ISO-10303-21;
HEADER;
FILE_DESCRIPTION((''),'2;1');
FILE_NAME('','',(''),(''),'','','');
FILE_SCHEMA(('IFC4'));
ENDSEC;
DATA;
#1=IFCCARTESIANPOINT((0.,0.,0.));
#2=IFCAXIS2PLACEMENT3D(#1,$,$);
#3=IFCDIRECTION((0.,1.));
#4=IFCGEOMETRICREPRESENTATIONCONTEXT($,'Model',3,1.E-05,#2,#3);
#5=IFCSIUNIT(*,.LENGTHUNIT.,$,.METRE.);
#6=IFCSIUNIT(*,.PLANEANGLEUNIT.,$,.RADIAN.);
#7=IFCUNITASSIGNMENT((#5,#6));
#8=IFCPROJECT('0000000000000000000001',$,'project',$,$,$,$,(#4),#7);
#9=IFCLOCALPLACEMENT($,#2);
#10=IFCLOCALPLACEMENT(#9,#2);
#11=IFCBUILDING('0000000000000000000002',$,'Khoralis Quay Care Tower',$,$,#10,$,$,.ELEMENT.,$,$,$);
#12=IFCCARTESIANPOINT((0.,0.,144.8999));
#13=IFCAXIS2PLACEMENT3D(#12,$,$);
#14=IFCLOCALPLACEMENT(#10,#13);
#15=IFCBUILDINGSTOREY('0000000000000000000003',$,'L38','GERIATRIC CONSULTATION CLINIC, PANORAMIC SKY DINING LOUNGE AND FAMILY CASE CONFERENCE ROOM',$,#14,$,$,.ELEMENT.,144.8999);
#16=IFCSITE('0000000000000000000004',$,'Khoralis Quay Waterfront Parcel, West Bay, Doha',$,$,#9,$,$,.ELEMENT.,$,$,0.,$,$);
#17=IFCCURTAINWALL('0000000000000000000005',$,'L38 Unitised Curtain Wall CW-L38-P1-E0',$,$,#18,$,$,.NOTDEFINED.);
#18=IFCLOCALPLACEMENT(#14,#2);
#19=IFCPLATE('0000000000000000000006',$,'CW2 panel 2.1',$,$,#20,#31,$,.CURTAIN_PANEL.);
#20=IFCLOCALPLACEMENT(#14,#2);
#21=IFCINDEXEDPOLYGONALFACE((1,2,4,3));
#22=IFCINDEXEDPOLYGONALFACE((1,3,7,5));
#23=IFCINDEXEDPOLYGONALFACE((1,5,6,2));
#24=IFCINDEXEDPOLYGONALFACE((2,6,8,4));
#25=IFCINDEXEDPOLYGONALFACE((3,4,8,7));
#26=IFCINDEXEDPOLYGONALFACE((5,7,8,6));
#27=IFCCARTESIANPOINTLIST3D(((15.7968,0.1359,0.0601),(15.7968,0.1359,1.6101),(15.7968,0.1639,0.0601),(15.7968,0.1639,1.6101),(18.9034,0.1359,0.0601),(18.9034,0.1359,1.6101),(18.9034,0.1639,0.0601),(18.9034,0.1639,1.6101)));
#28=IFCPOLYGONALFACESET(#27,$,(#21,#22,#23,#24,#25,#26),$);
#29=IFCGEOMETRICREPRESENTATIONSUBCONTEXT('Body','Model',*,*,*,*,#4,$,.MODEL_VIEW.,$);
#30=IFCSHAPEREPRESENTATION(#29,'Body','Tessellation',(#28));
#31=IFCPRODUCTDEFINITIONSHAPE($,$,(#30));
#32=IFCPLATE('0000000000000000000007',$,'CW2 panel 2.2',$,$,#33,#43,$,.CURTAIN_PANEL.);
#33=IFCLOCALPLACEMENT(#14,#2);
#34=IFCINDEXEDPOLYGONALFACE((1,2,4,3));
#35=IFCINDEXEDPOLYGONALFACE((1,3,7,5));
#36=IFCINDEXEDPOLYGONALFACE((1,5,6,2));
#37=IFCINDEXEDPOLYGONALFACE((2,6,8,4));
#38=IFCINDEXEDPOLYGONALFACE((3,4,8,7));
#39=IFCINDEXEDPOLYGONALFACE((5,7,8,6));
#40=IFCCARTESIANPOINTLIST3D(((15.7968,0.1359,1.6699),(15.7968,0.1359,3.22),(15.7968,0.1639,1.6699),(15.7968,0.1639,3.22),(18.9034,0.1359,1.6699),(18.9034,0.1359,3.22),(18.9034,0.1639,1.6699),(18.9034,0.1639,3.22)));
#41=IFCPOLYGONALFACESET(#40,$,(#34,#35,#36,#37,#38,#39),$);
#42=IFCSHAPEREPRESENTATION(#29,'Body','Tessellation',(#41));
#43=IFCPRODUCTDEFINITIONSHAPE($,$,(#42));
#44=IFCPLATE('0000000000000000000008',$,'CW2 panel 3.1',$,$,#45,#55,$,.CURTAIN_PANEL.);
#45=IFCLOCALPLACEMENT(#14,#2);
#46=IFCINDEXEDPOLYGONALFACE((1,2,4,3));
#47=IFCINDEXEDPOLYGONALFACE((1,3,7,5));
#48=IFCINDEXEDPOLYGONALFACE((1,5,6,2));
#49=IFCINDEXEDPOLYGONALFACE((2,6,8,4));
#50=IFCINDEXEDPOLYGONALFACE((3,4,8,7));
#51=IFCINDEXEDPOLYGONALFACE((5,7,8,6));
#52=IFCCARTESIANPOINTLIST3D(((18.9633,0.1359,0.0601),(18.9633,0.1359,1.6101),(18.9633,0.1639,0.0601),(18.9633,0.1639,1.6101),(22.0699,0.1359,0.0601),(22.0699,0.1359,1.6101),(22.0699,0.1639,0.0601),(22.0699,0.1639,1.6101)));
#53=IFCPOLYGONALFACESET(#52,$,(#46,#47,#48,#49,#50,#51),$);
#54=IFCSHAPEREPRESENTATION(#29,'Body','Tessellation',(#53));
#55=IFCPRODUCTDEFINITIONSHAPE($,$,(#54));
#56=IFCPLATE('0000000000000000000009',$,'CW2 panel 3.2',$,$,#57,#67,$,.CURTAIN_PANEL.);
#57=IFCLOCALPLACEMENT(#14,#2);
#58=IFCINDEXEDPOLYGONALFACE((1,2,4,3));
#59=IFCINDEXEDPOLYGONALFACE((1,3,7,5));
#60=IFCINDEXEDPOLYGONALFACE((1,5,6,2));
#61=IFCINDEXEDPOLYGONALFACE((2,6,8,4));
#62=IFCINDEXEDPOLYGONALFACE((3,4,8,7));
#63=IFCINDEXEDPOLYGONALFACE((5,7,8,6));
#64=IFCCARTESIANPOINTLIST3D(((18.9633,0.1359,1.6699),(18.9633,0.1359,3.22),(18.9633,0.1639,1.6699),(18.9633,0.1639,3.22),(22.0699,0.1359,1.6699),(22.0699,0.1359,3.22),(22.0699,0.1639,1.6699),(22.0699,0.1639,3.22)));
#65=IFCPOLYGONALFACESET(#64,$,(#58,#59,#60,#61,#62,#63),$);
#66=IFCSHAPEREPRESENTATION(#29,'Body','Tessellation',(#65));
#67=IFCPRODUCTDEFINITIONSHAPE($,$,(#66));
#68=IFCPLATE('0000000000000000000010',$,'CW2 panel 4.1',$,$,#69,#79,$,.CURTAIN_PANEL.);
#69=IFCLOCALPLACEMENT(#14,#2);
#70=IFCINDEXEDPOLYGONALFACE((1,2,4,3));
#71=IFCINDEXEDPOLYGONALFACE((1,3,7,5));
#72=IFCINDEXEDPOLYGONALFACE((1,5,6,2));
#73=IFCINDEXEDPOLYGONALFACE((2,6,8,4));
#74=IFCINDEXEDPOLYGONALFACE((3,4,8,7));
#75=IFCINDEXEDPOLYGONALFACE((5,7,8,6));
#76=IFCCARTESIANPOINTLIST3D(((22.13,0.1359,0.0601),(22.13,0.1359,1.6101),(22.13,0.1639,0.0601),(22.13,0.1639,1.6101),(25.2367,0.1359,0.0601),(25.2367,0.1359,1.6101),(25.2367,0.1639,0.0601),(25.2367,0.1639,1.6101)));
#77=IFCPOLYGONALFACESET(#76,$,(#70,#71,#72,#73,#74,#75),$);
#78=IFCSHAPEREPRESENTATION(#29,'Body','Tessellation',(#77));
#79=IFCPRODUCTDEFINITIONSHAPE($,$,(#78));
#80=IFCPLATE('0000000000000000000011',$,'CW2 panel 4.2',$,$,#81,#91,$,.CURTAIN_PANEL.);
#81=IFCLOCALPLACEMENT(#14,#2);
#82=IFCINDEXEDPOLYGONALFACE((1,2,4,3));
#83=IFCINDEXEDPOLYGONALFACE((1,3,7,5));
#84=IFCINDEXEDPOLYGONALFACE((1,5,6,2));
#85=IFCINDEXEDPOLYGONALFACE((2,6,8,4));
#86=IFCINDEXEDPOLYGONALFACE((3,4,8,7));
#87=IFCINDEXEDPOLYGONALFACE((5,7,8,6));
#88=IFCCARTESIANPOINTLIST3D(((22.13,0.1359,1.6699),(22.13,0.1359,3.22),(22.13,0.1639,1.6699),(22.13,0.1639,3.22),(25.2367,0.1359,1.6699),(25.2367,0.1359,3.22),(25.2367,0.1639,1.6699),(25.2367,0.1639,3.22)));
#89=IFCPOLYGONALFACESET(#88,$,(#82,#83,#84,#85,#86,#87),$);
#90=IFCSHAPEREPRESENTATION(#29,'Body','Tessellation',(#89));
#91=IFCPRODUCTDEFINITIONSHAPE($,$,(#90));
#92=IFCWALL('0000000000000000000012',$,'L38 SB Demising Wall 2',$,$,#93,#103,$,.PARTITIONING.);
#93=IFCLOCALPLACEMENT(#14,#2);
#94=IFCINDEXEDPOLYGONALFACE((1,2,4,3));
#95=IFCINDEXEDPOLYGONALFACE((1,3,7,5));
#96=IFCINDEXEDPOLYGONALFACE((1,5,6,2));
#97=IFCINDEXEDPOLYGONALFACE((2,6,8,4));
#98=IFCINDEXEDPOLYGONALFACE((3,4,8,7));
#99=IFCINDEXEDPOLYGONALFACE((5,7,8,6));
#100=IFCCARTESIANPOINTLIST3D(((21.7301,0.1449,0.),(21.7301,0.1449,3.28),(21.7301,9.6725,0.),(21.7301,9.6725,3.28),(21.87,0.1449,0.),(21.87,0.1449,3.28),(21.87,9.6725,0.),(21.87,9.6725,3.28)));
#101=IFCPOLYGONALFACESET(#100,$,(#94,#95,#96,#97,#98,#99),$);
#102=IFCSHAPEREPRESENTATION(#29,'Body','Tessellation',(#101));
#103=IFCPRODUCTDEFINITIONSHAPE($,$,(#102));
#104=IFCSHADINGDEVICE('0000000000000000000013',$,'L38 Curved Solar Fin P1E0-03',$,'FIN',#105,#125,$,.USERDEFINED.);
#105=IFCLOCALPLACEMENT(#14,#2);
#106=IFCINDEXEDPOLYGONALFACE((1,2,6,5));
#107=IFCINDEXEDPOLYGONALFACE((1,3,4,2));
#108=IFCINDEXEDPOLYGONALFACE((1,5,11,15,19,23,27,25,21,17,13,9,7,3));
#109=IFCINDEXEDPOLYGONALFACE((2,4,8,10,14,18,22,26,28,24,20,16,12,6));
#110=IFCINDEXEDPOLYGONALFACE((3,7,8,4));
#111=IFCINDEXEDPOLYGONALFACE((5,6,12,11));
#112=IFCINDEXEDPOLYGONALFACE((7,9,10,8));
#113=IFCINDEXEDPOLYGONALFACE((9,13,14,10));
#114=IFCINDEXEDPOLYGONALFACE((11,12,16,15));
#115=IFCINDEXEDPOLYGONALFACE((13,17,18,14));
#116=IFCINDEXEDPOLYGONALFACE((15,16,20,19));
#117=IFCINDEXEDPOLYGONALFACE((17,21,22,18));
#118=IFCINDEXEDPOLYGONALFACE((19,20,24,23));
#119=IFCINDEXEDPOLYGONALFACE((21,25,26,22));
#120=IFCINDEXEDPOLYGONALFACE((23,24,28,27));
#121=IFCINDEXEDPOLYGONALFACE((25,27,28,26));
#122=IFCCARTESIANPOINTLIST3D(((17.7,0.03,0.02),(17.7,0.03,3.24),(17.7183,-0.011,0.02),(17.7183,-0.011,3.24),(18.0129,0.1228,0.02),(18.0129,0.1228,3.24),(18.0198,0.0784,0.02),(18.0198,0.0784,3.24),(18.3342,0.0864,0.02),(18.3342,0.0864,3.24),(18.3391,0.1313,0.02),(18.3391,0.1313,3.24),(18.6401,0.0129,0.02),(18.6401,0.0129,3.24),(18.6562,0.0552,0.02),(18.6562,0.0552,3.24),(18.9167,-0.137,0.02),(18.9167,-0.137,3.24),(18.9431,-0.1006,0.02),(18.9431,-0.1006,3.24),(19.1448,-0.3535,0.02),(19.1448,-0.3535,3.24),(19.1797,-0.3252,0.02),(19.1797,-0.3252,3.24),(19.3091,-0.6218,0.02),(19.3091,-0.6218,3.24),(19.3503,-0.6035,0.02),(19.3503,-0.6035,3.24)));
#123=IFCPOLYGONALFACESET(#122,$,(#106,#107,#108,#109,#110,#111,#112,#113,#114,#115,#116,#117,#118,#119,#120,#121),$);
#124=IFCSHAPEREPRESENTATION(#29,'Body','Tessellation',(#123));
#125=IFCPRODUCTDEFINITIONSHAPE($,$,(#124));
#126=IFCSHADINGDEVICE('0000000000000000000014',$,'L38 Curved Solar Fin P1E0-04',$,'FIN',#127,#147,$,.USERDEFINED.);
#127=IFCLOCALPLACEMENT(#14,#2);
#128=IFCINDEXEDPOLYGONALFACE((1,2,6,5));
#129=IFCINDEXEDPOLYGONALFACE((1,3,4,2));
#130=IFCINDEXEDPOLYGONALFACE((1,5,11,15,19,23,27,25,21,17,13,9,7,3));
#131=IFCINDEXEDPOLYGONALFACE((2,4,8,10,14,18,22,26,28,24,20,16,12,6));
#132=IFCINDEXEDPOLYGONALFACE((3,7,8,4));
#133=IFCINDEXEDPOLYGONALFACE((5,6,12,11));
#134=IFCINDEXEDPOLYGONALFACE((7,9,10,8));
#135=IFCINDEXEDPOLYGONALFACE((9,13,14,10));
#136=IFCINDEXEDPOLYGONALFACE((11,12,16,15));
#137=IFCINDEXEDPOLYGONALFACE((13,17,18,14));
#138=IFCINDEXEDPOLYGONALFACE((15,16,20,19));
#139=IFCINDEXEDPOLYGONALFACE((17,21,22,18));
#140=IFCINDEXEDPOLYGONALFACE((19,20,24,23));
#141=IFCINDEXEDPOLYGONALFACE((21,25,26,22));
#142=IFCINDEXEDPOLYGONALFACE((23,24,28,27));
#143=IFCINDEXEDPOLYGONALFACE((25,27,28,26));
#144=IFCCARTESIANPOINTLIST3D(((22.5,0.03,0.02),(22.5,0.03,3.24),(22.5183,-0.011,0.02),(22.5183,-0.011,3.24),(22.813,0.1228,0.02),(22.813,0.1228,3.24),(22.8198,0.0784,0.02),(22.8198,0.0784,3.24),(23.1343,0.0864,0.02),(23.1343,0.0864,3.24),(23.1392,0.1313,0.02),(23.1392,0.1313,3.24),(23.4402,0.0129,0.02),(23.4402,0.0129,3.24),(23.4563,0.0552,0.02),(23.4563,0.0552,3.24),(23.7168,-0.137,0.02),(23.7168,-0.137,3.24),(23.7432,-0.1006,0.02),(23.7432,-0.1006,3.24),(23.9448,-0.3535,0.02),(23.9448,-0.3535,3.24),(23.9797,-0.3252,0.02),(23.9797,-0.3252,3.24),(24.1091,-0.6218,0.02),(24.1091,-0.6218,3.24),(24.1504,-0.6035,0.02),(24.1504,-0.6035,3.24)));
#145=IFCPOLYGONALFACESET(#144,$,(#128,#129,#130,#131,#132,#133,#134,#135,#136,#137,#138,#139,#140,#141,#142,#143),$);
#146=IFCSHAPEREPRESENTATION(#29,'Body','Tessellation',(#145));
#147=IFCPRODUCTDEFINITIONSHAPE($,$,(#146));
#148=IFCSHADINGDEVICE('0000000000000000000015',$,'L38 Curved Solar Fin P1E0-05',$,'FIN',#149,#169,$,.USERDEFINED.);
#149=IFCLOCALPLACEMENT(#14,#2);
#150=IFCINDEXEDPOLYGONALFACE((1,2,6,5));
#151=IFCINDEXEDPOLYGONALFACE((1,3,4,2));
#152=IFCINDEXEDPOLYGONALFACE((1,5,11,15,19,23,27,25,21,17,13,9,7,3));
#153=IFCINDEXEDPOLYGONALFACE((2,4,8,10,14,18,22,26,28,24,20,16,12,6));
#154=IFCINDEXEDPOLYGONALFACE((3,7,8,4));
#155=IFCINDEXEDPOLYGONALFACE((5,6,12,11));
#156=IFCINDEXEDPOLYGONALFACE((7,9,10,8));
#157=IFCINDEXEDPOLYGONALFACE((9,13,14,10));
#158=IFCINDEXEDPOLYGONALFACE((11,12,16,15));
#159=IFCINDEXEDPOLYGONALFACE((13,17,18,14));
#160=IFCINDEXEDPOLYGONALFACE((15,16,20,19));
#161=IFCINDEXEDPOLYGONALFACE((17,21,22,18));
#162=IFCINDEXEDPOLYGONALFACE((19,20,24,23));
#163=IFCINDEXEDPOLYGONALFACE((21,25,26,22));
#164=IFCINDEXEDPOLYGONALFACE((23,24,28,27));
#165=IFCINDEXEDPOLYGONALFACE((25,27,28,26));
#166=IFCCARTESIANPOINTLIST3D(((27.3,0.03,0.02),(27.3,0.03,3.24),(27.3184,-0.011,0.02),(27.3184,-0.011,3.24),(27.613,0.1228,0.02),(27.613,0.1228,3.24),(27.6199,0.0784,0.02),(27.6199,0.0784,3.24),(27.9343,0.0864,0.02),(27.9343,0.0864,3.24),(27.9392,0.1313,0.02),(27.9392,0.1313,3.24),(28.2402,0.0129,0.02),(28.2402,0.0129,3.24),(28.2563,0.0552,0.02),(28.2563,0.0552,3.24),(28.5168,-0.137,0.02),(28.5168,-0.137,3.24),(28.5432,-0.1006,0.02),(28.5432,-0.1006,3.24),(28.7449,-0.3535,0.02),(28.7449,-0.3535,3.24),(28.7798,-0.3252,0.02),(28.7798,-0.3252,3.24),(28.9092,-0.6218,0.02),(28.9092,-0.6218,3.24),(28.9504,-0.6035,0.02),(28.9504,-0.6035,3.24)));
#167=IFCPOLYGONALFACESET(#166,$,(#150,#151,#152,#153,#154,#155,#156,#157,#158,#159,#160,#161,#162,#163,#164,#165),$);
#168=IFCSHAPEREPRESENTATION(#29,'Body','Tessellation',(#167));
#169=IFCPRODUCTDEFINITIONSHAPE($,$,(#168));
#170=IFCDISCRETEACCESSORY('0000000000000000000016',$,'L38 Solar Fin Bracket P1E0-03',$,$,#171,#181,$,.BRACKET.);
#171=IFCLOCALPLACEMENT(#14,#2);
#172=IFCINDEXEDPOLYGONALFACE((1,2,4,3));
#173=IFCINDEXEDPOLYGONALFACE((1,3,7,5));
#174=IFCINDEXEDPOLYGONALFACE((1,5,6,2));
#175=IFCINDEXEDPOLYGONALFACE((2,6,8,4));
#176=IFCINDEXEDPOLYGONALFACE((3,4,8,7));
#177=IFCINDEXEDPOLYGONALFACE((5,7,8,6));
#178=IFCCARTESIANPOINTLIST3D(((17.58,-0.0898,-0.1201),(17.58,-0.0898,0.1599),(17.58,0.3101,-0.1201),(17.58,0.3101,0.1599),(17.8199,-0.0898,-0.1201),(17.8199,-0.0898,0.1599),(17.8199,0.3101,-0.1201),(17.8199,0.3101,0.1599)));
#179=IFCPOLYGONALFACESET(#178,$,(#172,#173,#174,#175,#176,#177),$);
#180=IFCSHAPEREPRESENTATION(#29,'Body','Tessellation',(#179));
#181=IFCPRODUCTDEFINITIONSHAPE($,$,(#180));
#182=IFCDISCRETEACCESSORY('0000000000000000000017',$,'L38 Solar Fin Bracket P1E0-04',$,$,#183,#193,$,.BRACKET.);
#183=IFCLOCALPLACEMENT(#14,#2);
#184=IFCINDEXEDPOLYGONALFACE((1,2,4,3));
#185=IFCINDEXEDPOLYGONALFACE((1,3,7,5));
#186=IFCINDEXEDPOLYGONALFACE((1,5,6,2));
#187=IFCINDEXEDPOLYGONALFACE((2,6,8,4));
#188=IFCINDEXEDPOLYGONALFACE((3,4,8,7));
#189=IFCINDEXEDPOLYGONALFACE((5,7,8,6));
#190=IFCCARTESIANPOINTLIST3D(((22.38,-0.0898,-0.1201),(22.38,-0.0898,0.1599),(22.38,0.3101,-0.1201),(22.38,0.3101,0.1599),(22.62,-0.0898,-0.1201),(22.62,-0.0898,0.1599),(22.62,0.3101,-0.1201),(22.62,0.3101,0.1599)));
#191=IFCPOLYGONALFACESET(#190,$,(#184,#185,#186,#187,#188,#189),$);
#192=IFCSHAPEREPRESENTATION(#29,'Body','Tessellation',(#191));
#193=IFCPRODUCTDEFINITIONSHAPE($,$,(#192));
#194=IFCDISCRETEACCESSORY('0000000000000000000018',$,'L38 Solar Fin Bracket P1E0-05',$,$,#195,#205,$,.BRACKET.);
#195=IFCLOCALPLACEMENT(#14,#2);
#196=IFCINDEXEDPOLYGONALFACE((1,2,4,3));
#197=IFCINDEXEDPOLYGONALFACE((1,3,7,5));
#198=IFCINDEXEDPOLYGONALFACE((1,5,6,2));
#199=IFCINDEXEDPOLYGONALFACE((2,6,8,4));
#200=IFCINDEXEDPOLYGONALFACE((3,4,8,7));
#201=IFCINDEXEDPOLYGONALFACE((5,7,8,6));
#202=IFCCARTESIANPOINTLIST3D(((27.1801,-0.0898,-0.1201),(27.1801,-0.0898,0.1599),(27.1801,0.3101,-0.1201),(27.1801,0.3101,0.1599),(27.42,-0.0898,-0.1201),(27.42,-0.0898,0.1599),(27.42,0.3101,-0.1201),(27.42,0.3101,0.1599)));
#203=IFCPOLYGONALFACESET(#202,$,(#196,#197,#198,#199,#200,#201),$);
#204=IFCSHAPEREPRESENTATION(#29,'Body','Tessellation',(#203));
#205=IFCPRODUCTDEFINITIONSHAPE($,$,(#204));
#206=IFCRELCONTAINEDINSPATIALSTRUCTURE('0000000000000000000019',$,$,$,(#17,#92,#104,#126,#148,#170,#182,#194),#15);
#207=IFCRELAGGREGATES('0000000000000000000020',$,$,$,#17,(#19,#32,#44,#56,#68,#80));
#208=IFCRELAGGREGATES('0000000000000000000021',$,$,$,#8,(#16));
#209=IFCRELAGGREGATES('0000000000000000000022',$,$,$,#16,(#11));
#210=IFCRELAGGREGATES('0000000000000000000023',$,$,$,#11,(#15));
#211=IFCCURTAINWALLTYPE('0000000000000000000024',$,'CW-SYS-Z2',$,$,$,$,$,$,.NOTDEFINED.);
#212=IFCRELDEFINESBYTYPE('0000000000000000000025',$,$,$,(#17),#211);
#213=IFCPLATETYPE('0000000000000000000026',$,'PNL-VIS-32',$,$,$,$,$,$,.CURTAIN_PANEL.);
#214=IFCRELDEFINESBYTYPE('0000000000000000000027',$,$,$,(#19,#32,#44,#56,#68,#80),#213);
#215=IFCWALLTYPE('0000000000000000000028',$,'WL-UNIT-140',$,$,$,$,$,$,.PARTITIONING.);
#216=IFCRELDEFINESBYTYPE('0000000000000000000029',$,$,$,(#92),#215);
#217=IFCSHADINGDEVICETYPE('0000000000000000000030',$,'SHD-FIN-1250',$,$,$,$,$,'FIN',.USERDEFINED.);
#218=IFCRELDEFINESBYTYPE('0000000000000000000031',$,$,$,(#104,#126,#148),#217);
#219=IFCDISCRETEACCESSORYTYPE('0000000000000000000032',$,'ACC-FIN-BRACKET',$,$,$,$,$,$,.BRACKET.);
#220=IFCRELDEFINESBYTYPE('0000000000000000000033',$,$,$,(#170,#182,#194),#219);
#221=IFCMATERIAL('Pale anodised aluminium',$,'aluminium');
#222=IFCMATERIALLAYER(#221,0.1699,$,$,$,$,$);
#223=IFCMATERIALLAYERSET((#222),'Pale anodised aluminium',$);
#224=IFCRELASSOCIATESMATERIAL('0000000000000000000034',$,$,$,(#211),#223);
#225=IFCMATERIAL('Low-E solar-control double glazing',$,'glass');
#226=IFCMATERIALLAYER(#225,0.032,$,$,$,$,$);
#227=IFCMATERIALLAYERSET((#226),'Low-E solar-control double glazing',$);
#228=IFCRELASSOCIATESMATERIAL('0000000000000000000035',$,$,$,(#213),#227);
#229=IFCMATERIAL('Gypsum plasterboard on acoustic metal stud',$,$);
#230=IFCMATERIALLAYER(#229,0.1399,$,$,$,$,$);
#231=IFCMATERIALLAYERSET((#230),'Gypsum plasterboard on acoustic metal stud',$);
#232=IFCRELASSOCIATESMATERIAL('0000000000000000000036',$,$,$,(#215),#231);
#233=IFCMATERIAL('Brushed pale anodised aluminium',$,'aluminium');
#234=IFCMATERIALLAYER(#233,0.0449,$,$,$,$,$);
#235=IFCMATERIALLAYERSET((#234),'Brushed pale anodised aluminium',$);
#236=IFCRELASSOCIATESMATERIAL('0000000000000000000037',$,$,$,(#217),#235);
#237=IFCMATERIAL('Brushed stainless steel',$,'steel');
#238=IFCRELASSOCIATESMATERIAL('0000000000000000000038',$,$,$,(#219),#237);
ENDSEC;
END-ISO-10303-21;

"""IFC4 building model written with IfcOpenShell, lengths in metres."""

from ifc_helpers import new_model, si_unit, direction, frame, frame_2d, origin, origin_2d, place, context, subcontext, project, spatial, polyline, rectangle, outline, extrude, source, transform, mapped, material, layer, layer_set, type_object, element, aggregate, save


model = new_model("IFC4")

# Units and contexts
model_context = context("Model", 3, precision=1e-05, world=origin(), true_north=direction((0.0, 1.0)))
body_context = subcontext(model_context, "Body", "Model", "MODEL_VIEW")
ifc_project = project(units=[si_unit("LENGTHUNIT", "METRE"), si_unit("PLANEANGLEUNIT", "RADIAN")], contexts=[model_context])

# Site, building, storey
site_placement = place(None, origin())
site = spatial("IfcSite", under=ifc_project, at=site_placement, Name="Khoralis Quay Waterfront Parcel, West Bay, Doha", CompositionType="ELEMENT", RefElevation=0.0)
building_placement = place(site_placement, origin())
building = spatial("IfcBuilding", under=site, at=building_placement, Name="Khoralis Quay Care Tower", CompositionType="ELEMENT")
storey_placement = place(building_placement, frame((0.0, 0.0, 144.8999)))
storey = spatial("IfcBuildingStorey", under=building, at=storey_placement, Name="L38", Description="GERIATRIC CONSULTATION CLINIC, PANORAMIC SKY DINING LOUNGE AND FAMILY CASE CONFERENCE ROOM", CompositionType="ELEMENT", Elevation=144.8999)

# Curtain wall, plates
ifc_material_1 = material(Name="Pale anodised aluminium", Category="aluminium")
ifc_layer_1 = layer(ifc_material_1, 0.1699)
ifc_layer_set_1 = layer_set([ifc_layer_1], Name="Pale anodised aluminium")
curtain_wall_type = type_object("IfcCurtainWallType", Name="CW-SYS-Z2", PredefinedType="NOTDEFINED", material=ifc_layer_set_1)
curtain_wall_placement = place(storey_placement, origin())
curtain_wall = element("IfcCurtainWall", 1, at=curtain_wall_placement, inside=storey, type_object=curtain_wall_type, Name="L38 Unitised Curtain Wall CW-L38-P1-E0", PredefinedType="NOTDEFINED")
ifc_material_2 = material(Name="Low-E solar-control double glazing", Category="glass")
ifc_layer_2 = layer(ifc_material_2, 0.032)
ifc_layer_set_2 = layer_set([ifc_layer_2], Name="Low-E solar-control double glazing")
plate_type = type_object("IfcPlateType", Name="PNL-VIS-32", PredefinedType="CURTAIN_PANEL", material=ifc_layer_set_2)
shared_shape_1 = source(origin(), body_context, "Body", "SweptSolid", [
    extrude(rectangle(XDim=3.1067, YDim=0.0281, at=origin_2d()), origin(), (0.0, 0.0, 1.0), 1.55),
])
plate_1_placement = place(storey_placement, frame((17.3501, 0.1499, 0.0601), z_axis=(0.0, 0.0, 1.0), x_axis=(1.0, 0.0, 0.0)))
plate_1 = element("IfcPlate", 2, at=plate_1_placement, type_object=plate_type, Name="CW2 panel 2.1", PredefinedType="CURTAIN_PANEL", context=body_context, shape_type="MappedRepresentation", body=[
    mapped(shared_shape_1, transform((0.0, 0.0, 0.0), scale=1.0)),
])
plate_2_placement = place(storey_placement, frame((17.3501, 0.1499, 1.6699), z_axis=(0.0, 0.0, 1.0), x_axis=(1.0, 0.0, 0.0)))
plate_2 = element("IfcPlate", 3, at=plate_2_placement, type_object=plate_type, Name="CW2 panel 2.2", PredefinedType="CURTAIN_PANEL", context=body_context, shape_type="MappedRepresentation", body=[
    mapped(shared_shape_1, transform((0.0, 0.0, 0.0), scale=1.0)),
])
plate_3_placement = place(storey_placement, frame((20.5166, 0.1499, 0.0601), z_axis=(0.0, 0.0, 1.0), x_axis=(1.0, 0.0, 0.0)))
plate_3 = element("IfcPlate", 4, at=plate_3_placement, type_object=plate_type, Name="CW2 panel 3.1", PredefinedType="CURTAIN_PANEL", context=body_context, shape_type="MappedRepresentation", body=[
    mapped(shared_shape_1, transform((0.0, 0.0, 0.0), scale=1.0)),
])
plate_4_placement = place(storey_placement, frame((20.5166, 0.1499, 1.6699), z_axis=(0.0, 0.0, 1.0), x_axis=(1.0, 0.0, 0.0)))
plate_4 = element("IfcPlate", 5, at=plate_4_placement, type_object=plate_type, Name="CW2 panel 3.2", PredefinedType="CURTAIN_PANEL", context=body_context, shape_type="MappedRepresentation", body=[
    mapped(shared_shape_1, transform((0.0, 0.0, 0.0), scale=1.0)),
])
plate_5_placement = place(storey_placement, frame((23.6833, 0.1499, 0.0601), z_axis=(0.0, 0.0, 1.0), x_axis=(1.0, 0.0, 0.0)))
plate_5 = element("IfcPlate", 6, at=plate_5_placement, type_object=plate_type, Name="CW2 panel 4.1", PredefinedType="CURTAIN_PANEL", context=body_context, shape_type="MappedRepresentation", body=[
    mapped(shared_shape_1, transform((0.0, 0.0, 0.0), scale=1.0)),
])
plate_6_placement = place(storey_placement, frame((23.6833, 0.1499, 1.6699), z_axis=(0.0, 0.0, 1.0), x_axis=(1.0, 0.0, 0.0)))
plate_6 = element("IfcPlate", 7, at=plate_6_placement, type_object=plate_type, Name="CW2 panel 4.2", PredefinedType="CURTAIN_PANEL", context=body_context, shape_type="MappedRepresentation", body=[
    mapped(shared_shape_1, transform((0.0, 0.0, 0.0), scale=1.0)),
])
aggregate(curtain_wall, [plate_1, plate_2, plate_3, plate_4, plate_5, plate_6])

# Wall
ifc_material_3 = material(Name="Gypsum plasterboard on acoustic metal stud")
ifc_layer_3 = layer(ifc_material_3, 0.1399)
ifc_layer_set_3 = layer_set([ifc_layer_3], Name="Gypsum plasterboard on acoustic metal stud")
wall_type = type_object("IfcWallType", Name="WL-UNIT-140", PredefinedType="PARTITIONING", material=ifc_layer_set_3)
wall_placement = place(storey_placement, frame((21.8, 0.145, 0.0), z_axis=(0.0, 0.0, 1.0), x_axis=(0.0, 1.0, 0.0)))
element("IfcWall", 8, at=wall_placement, inside=storey, type_object=wall_type, Name="L38 SB Demising Wall 2", PredefinedType="PARTITIONING", context=body_context, shape_type="SweptSolid", body=[
    extrude(rectangle(XDim=9.5276, YDim=0.1399, at=frame_2d((4.7637, 0.0))), origin(), (0.0, 0.0, 1.0), 3.28),
])

# Shading devices
ifc_material_4 = material(Name="Brushed pale anodised aluminium", Category="aluminium")
ifc_layer_4 = layer(ifc_material_4, 0.0449)
ifc_layer_set_4 = layer_set([ifc_layer_4], Name="Brushed pale anodised aluminium")
shading_device_type = type_object("IfcShadingDeviceType", Name="SHD-FIN-1250", ElementType="FIN", PredefinedType="USERDEFINED", material=ifc_layer_set_4)
shared_shape_2 = source(origin(), body_context, "Body", "SweptSolid", [
    extrude(outline(polyline([(0.0, 0.0), (-0.0928, 0.313), (-0.1013, 0.6392), (-0.0251, 0.9563), (0.1306, 1.2432), (0.3552, 1.4797), (0.6335, 1.6504), (0.6519, 1.6091), (0.3835, 1.4448), (0.167, 1.2168), (0.0171, 0.9402), (-0.0564, 0.6343), (-0.0483, 0.3198), (0.041, 0.0183), (0.0, 0.0)])), origin(), (0.0, 0.0, 1.0), 3.22),
])
for number, where, z_axis, x_axis, name in (
    (9, (17.7, 0.03, 0.02), (0.0, 0.0, 1.0), (0.0, -1.0, 0.0), "L38 Curved Solar Fin P1E0-03"),
    (10, (22.5, 0.03, 0.02), (0.0, 0.0, 1.0), (0.0, -1.0, 0.0), "L38 Curved Solar Fin P1E0-04"),
    (11, (27.3, 0.03, 0.02), (0.0, 0.0, 1.0), (0.0, -1.0, 0.0), "L38 Curved Solar Fin P1E0-05"),
):
    element("IfcShadingDevice", number, at=place(storey_placement, frame(where, z_axis=z_axis, x_axis=x_axis)), inside=storey, type_object=shading_device_type, Name=name, ObjectType="FIN", PredefinedType="USERDEFINED", context=body_context, shape_type="MappedRepresentation", body=[
        mapped(shared_shape_2, transform((0.0, 0.0, 0.0), scale=1.0)),
    ])

# Discrete accessories
ifc_material_5 = material(Name="Brushed stainless steel", Category="steel")
discrete_accessory_type = type_object("IfcDiscreteAccessoryType", Name="ACC-FIN-BRACKET", PredefinedType="BRACKET", material=ifc_material_5)
shared_shape_3 = source(origin(), body_context, "Body", "SweptSolid", [
    extrude(rectangle(XDim=0.3999, YDim=0.24, at=origin_2d()), origin(), (0.0, 0.0, 1.0), 0.28),
])
for number, where, z_axis, x_axis, name in (
    (12, (17.7, 0.1101, -0.1201), (0.0, 0.0, 1.0), (0.0, -1.0, 0.0), "L38 Solar Fin Bracket P1E0-03"),
    (13, (22.5, 0.1101, -0.1201), (0.0, 0.0, 1.0), (0.0, -1.0, 0.0), "L38 Solar Fin Bracket P1E0-04"),
    (14, (27.3, 0.1101, -0.1201), (0.0, 0.0, 1.0), (0.0, -1.0, 0.0), "L38 Solar Fin Bracket P1E0-05"),
):
    element("IfcDiscreteAccessory", number, at=place(storey_placement, frame(where, z_axis=z_axis, x_axis=x_axis)), inside=storey, type_object=discrete_accessory_type, Name=name, PredefinedType="BRACKET", context=body_context, shape_type="MappedRepresentation", body=[
        mapped(shared_shape_3, transform((0.0, 0.0, 0.0), scale=1.0)),
    ])

save(model, "model.ifc")
